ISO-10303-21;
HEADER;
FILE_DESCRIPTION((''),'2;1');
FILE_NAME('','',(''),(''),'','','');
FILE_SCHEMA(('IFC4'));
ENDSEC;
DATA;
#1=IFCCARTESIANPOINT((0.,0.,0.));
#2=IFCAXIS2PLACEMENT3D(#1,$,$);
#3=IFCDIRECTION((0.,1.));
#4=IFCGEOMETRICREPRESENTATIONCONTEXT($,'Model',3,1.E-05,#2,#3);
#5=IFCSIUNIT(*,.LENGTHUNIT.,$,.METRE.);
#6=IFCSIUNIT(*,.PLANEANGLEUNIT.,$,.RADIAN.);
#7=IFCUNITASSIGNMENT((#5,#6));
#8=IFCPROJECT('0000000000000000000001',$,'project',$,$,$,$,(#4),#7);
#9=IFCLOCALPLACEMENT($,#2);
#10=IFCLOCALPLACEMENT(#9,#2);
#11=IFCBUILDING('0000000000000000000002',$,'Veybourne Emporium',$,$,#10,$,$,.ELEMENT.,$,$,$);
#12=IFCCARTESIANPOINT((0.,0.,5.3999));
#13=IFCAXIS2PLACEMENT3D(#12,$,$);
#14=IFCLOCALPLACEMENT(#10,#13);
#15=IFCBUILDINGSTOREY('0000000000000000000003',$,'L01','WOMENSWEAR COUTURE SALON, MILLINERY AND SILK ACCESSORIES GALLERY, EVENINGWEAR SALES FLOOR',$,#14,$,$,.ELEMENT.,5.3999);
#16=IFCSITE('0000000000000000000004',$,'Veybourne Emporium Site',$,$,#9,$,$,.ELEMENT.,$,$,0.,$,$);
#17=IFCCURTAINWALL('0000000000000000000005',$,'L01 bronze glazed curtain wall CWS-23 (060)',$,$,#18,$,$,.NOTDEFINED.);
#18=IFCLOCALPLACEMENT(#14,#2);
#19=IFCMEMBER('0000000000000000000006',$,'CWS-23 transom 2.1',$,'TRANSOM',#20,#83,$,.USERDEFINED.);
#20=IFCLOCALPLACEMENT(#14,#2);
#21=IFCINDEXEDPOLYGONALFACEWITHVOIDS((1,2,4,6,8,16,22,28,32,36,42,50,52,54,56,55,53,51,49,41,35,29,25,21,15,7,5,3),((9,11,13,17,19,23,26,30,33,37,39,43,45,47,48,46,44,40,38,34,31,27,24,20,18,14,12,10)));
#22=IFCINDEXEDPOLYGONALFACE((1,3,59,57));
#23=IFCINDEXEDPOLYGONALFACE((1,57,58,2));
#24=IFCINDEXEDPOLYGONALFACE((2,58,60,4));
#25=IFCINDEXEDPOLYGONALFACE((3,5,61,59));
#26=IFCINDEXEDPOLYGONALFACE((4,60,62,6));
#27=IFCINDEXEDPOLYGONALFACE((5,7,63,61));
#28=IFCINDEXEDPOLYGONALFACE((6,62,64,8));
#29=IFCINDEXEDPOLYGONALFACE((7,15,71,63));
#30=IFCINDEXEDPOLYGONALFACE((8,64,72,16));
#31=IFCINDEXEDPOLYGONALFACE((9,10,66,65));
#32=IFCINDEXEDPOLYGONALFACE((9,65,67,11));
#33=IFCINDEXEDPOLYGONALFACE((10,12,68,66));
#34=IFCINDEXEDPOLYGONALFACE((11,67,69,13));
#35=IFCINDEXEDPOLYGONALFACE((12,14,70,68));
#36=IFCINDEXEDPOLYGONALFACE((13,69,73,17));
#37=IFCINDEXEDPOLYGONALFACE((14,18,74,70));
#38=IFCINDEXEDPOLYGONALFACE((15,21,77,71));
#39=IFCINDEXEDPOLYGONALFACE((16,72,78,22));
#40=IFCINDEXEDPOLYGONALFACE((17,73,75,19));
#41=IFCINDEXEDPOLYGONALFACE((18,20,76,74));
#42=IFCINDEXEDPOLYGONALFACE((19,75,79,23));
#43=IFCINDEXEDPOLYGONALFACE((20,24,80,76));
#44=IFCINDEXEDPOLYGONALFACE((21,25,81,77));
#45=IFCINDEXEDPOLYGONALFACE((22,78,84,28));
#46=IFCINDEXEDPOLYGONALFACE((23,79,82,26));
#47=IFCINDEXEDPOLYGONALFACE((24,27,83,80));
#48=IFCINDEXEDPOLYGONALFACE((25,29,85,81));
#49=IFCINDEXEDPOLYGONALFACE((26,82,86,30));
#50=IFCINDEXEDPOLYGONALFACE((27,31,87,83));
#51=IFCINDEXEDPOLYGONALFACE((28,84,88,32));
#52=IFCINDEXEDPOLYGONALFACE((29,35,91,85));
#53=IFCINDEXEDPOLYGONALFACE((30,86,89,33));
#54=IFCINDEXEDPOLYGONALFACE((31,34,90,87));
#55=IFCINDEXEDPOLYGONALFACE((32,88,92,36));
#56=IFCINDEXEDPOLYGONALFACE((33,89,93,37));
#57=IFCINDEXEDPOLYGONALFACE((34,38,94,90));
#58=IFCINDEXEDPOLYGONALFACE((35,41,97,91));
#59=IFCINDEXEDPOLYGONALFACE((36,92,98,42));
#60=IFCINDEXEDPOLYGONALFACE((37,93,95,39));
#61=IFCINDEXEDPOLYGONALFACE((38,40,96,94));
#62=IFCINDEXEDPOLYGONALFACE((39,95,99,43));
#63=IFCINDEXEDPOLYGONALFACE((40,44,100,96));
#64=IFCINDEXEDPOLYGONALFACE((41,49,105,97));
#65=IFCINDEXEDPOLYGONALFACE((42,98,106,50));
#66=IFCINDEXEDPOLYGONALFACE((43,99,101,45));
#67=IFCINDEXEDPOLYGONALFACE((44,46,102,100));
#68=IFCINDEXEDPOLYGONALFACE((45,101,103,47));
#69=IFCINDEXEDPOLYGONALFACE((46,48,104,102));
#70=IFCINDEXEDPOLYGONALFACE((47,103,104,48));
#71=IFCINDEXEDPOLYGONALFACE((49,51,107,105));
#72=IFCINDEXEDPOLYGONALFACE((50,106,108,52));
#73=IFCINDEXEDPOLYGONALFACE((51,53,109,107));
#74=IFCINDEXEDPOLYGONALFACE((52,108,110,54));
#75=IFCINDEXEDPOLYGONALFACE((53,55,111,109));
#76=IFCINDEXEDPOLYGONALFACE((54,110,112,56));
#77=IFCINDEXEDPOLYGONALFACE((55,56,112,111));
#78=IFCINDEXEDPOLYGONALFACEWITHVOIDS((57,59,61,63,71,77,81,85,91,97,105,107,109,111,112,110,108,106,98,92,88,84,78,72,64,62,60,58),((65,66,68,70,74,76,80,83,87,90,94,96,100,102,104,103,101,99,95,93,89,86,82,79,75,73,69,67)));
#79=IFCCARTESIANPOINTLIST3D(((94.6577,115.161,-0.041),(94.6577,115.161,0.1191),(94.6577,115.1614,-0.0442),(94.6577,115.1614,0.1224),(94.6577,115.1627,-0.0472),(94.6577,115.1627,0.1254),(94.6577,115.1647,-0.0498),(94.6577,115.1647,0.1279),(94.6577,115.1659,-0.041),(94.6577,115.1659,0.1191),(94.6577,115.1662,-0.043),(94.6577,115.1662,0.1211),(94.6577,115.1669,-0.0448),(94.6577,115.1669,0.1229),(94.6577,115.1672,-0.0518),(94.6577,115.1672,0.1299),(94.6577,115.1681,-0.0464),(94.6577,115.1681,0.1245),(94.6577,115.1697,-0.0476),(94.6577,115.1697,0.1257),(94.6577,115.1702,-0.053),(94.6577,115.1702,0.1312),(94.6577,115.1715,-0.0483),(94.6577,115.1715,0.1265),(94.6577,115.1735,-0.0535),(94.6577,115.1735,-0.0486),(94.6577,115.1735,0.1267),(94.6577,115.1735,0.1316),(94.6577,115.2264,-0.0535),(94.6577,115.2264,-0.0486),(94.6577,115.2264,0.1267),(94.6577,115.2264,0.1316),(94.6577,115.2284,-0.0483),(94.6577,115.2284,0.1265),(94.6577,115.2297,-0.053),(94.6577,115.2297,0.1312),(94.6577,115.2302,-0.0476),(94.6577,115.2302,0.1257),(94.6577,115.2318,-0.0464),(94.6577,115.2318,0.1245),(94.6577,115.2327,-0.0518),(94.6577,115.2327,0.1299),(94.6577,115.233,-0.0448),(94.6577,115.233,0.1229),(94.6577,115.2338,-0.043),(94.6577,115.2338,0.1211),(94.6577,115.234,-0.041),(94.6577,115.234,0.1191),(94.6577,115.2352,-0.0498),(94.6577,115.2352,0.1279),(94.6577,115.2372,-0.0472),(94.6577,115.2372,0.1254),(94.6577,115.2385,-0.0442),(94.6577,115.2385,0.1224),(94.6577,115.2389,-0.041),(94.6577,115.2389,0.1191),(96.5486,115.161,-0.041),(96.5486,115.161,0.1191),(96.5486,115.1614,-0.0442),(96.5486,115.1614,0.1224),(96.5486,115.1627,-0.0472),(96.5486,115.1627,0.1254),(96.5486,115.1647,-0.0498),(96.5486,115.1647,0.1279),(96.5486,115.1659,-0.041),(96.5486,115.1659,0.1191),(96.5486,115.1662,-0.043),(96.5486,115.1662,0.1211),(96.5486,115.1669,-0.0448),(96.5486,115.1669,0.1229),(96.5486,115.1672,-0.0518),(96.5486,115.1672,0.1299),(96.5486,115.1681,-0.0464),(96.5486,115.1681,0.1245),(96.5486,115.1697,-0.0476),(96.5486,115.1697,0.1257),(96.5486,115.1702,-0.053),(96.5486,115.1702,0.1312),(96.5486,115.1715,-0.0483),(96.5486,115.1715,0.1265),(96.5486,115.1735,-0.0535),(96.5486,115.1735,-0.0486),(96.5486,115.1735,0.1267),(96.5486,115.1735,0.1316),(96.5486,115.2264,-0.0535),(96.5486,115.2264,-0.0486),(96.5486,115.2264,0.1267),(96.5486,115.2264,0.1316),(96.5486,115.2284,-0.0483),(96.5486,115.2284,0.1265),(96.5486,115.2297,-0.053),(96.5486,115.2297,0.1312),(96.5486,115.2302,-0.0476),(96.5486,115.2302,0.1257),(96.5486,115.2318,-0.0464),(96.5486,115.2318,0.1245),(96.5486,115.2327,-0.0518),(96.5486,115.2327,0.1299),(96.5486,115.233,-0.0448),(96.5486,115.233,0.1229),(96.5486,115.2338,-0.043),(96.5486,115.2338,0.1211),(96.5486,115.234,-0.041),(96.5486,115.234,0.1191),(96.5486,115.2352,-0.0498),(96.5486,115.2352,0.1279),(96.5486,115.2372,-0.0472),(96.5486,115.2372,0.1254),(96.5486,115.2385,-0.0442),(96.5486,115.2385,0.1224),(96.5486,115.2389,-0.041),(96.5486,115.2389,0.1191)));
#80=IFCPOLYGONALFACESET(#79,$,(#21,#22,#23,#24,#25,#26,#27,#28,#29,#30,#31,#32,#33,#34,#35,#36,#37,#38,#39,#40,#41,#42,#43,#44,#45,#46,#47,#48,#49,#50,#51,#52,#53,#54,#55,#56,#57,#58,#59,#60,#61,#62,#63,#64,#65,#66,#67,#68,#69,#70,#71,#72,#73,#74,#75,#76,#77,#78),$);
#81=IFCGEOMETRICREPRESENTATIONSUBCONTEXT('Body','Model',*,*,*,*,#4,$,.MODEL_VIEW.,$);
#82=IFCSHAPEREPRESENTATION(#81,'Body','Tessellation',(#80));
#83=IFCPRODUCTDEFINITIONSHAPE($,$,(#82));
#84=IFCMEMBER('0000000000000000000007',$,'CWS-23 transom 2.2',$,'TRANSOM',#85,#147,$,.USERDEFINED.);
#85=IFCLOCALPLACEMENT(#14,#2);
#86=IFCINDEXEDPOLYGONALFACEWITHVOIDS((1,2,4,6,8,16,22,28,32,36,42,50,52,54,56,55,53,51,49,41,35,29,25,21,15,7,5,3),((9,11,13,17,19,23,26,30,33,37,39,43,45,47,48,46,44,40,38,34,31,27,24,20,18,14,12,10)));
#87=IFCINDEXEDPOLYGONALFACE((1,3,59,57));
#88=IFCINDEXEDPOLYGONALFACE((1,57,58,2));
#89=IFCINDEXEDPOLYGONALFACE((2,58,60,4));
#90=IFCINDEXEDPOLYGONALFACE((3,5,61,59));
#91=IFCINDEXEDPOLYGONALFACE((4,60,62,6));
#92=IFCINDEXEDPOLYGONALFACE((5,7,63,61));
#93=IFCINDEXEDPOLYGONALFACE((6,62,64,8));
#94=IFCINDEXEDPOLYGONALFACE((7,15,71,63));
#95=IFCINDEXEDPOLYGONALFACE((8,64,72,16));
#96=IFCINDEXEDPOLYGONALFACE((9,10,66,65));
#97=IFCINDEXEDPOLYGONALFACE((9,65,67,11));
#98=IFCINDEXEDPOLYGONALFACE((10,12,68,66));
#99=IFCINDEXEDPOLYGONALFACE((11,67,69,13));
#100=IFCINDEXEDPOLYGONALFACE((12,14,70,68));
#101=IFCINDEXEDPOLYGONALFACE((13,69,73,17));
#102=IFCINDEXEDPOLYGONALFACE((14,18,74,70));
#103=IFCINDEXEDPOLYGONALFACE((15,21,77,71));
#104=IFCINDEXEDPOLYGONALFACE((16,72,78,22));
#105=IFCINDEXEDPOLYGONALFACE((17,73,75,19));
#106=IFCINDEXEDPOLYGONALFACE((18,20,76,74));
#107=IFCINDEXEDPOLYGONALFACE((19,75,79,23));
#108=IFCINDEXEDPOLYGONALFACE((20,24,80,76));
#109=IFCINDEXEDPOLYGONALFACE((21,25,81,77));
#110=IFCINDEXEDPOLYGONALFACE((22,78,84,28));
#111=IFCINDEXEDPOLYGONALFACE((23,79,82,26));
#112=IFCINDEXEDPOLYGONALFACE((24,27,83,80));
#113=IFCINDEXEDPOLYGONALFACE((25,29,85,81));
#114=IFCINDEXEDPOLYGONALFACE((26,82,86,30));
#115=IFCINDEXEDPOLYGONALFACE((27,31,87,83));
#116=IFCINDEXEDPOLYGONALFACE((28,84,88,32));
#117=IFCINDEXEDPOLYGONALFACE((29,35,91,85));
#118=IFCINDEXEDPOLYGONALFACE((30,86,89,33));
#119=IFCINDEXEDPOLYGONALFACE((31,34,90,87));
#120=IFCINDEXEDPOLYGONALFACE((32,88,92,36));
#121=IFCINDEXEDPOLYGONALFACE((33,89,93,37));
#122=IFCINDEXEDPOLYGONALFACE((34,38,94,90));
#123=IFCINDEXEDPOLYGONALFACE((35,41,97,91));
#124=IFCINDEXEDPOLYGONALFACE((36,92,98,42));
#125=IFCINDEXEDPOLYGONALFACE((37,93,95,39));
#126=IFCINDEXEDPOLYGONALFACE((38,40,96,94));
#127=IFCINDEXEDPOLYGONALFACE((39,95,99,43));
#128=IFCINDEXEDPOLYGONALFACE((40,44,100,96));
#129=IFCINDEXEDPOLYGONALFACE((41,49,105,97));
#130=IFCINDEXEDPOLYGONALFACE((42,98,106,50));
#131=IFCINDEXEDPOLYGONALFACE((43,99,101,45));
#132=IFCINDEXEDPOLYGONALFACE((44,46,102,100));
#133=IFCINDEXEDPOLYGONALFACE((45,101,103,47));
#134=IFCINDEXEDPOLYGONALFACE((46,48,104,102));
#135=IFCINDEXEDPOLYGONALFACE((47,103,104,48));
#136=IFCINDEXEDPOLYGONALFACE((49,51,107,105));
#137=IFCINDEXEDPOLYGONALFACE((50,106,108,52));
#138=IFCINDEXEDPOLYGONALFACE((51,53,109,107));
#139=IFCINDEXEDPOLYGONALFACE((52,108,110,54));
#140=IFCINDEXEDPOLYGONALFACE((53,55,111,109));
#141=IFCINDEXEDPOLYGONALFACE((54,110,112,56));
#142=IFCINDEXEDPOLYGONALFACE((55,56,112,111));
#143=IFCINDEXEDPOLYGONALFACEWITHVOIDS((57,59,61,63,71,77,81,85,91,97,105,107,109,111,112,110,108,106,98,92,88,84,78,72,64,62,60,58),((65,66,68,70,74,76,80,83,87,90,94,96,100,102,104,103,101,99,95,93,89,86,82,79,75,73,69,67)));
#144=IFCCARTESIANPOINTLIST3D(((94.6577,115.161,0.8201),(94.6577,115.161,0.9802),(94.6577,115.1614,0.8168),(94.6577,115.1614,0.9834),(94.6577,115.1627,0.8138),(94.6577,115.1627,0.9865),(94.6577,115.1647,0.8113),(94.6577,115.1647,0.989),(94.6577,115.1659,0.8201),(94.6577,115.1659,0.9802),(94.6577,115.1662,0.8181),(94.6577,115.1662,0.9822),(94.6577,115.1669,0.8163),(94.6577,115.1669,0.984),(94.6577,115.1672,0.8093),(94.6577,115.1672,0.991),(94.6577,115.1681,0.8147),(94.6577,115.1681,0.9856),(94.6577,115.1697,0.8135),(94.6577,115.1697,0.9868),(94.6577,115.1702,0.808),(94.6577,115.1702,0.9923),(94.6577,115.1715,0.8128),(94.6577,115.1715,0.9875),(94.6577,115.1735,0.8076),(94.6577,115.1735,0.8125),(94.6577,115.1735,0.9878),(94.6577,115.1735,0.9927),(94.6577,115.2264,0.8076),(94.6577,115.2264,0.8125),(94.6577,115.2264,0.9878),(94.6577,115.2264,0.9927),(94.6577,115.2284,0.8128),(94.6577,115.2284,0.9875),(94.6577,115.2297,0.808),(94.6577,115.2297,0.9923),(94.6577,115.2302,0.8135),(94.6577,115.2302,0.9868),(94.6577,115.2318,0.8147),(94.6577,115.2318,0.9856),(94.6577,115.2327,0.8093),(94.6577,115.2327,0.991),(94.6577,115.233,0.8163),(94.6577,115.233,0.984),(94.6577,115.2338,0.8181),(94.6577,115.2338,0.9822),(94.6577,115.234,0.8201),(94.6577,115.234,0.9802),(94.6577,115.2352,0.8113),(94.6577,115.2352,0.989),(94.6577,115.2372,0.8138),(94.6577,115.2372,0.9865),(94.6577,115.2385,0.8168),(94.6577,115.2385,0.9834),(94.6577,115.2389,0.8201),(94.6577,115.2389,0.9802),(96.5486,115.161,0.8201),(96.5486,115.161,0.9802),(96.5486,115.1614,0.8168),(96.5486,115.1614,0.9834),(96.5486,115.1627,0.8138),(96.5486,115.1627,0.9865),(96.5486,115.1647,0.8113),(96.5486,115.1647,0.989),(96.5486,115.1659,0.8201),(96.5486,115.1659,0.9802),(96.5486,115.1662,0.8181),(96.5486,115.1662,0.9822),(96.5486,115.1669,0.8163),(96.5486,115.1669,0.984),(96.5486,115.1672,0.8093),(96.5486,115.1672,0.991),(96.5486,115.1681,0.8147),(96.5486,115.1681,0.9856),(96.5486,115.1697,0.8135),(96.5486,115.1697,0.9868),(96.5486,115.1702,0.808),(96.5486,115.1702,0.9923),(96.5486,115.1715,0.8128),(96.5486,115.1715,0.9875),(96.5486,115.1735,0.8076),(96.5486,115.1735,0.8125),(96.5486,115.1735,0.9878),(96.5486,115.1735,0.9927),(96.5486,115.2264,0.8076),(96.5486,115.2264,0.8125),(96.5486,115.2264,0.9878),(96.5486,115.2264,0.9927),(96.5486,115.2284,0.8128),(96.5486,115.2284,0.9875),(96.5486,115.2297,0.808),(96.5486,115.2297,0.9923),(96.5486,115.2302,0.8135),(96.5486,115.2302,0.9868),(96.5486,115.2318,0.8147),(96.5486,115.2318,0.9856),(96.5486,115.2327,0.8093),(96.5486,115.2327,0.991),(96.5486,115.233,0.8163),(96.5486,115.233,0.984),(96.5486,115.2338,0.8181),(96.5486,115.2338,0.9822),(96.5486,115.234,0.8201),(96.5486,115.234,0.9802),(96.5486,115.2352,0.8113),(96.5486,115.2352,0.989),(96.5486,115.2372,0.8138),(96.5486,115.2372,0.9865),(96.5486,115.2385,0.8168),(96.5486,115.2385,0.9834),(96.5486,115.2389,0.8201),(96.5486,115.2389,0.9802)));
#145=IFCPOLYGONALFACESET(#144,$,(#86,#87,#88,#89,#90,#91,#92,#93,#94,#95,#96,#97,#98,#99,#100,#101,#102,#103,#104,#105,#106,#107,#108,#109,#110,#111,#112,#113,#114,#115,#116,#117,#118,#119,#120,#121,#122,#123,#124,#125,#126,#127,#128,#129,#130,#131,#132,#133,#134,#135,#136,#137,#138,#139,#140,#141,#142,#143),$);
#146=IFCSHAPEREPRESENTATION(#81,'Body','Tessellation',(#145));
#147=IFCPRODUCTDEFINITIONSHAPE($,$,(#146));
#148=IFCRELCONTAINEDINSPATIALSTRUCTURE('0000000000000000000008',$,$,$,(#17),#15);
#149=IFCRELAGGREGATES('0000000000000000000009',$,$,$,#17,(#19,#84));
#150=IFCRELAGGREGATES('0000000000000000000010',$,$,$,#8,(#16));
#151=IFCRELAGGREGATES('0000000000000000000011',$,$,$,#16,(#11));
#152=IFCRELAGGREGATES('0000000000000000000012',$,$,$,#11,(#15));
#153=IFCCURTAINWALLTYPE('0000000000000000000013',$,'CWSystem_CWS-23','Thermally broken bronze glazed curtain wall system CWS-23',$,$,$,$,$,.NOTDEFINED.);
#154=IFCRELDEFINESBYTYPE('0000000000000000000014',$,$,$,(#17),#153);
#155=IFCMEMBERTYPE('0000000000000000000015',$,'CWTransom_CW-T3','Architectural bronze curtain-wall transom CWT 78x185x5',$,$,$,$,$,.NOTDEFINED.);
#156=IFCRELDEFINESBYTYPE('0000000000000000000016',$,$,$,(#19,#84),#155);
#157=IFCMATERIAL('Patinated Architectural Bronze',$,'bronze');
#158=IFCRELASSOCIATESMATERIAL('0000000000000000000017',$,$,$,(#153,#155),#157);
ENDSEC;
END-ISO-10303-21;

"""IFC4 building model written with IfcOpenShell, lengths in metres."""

from ifc_helpers import new_model, si_unit, direction, frame, origin, origin_2d, place, context, subcontext, project, spatial, hollow_rectangle, extrude, material, material_profile, profile_set, type_object, element, aggregate, save


model = new_model("IFC4")

# Units and contexts
model_context = context("Model", 3, precision=1e-05, world=origin(), true_north=direction((0.0, 1.0)))
body_context = subcontext(model_context, "Body", "Model", "MODEL_VIEW")
ifc_project = project(units=[si_unit("LENGTHUNIT", "METRE"), si_unit("PLANEANGLEUNIT", "RADIAN")], contexts=[model_context])

# Site, building, storey
site_placement = place(None, origin())
site = spatial("IfcSite", under=ifc_project, at=site_placement, Name="Veybourne Emporium Site", CompositionType="ELEMENT", RefElevation=0.0)
building_placement = place(site_placement, origin())
building = spatial("IfcBuilding", under=site, at=building_placement, Name="Veybourne Emporium", CompositionType="ELEMENT")
storey_placement = place(building_placement, frame((0.0, 0.0, 5.3999)))
storey = spatial("IfcBuildingStorey", under=building, at=storey_placement, Name="L01", Description="WOMENSWEAR COUTURE SALON, MILLINERY AND SILK ACCESSORIES GALLERY, EVENINGWEAR SALES FLOOR", CompositionType="ELEMENT", Elevation=5.3999)

# Curtain wall, members
ifc_material_1 = material(Name="Patinated Architectural Bronze", Category="bronze")
curtain_wall_type = type_object("IfcCurtainWallType", Name="CWSystem_CWS-23", Description="Thermally broken bronze glazed curtain wall system CWS-23", PredefinedType="NOTDEFINED", material=ifc_material_1)
curtain_wall_placement = place(storey_placement, origin())
curtain_wall = element("IfcCurtainWall", 1, at=curtain_wall_placement, inside=storey, type_object=curtain_wall_type, Name="L01 bronze glazed curtain wall CWS-23 (060)", PredefinedType="NOTDEFINED")
ifc_material_profile_1 = material_profile(ifc_material_1, hollow_rectangle(XDim=0.0779, YDim=0.1851, WallThickness=0.0049, InnerFilletRadius=0.0076, OuterFilletRadius=0.0125, at=origin_2d()), Name="CWT 78x185x5")
ifc_profile_set_1 = profile_set([ifc_material_profile_1], Name="Patinated Architectural Bronze")
member_type_1 = type_object("IfcMemberType", Name="CWTransom_CW-T3", Description="Architectural bronze curtain-wall transom CWT 78x185x5", PredefinedType="NOTDEFINED", material=ifc_profile_set_1)
member_1_placement = place(storey_placement, frame((94.6577, 115.2, 0.0391), z_axis=(1.0, 0.0, 0.0), x_axis=(0.0, 1.0, 0.0)))
member_1 = element("IfcMember", 2, at=member_1_placement, type_object=member_type_1, Name="CWS-23 transom 2.1", ObjectType="TRANSOM", PredefinedType="USERDEFINED", context=body_context, shape_type="SweptSolid", body=[
    extrude(hollow_rectangle(XDim=0.0779, YDim=0.1851, WallThickness=0.0049, InnerFilletRadius=0.0076, OuterFilletRadius=0.0125, at=origin_2d()), origin(), (0.0, 0.0, 1.0), 1.8909),
])
member_2_placement = place(storey_placement, frame((94.6577, 115.2, 0.9001), z_axis=(1.0, 0.0, 0.0), x_axis=(0.0, 1.0, 0.0)))
member_2 = element("IfcMember", 3, at=member_2_placement, type_object=member_type_1, Name="CWS-23 transom 2.2", ObjectType="TRANSOM", PredefinedType="USERDEFINED", context=body_context, shape_type="SweptSolid", body=[
    extrude(hollow_rectangle(XDim=0.0779, YDim=0.1851, WallThickness=0.0049, InnerFilletRadius=0.0076, OuterFilletRadius=0.0125, at=origin_2d()), origin(), (0.0, 0.0, 1.0), 1.8909),
])

aggregate(curtain_wall, [member_1, member_2])

save(model, "model.ifc")
